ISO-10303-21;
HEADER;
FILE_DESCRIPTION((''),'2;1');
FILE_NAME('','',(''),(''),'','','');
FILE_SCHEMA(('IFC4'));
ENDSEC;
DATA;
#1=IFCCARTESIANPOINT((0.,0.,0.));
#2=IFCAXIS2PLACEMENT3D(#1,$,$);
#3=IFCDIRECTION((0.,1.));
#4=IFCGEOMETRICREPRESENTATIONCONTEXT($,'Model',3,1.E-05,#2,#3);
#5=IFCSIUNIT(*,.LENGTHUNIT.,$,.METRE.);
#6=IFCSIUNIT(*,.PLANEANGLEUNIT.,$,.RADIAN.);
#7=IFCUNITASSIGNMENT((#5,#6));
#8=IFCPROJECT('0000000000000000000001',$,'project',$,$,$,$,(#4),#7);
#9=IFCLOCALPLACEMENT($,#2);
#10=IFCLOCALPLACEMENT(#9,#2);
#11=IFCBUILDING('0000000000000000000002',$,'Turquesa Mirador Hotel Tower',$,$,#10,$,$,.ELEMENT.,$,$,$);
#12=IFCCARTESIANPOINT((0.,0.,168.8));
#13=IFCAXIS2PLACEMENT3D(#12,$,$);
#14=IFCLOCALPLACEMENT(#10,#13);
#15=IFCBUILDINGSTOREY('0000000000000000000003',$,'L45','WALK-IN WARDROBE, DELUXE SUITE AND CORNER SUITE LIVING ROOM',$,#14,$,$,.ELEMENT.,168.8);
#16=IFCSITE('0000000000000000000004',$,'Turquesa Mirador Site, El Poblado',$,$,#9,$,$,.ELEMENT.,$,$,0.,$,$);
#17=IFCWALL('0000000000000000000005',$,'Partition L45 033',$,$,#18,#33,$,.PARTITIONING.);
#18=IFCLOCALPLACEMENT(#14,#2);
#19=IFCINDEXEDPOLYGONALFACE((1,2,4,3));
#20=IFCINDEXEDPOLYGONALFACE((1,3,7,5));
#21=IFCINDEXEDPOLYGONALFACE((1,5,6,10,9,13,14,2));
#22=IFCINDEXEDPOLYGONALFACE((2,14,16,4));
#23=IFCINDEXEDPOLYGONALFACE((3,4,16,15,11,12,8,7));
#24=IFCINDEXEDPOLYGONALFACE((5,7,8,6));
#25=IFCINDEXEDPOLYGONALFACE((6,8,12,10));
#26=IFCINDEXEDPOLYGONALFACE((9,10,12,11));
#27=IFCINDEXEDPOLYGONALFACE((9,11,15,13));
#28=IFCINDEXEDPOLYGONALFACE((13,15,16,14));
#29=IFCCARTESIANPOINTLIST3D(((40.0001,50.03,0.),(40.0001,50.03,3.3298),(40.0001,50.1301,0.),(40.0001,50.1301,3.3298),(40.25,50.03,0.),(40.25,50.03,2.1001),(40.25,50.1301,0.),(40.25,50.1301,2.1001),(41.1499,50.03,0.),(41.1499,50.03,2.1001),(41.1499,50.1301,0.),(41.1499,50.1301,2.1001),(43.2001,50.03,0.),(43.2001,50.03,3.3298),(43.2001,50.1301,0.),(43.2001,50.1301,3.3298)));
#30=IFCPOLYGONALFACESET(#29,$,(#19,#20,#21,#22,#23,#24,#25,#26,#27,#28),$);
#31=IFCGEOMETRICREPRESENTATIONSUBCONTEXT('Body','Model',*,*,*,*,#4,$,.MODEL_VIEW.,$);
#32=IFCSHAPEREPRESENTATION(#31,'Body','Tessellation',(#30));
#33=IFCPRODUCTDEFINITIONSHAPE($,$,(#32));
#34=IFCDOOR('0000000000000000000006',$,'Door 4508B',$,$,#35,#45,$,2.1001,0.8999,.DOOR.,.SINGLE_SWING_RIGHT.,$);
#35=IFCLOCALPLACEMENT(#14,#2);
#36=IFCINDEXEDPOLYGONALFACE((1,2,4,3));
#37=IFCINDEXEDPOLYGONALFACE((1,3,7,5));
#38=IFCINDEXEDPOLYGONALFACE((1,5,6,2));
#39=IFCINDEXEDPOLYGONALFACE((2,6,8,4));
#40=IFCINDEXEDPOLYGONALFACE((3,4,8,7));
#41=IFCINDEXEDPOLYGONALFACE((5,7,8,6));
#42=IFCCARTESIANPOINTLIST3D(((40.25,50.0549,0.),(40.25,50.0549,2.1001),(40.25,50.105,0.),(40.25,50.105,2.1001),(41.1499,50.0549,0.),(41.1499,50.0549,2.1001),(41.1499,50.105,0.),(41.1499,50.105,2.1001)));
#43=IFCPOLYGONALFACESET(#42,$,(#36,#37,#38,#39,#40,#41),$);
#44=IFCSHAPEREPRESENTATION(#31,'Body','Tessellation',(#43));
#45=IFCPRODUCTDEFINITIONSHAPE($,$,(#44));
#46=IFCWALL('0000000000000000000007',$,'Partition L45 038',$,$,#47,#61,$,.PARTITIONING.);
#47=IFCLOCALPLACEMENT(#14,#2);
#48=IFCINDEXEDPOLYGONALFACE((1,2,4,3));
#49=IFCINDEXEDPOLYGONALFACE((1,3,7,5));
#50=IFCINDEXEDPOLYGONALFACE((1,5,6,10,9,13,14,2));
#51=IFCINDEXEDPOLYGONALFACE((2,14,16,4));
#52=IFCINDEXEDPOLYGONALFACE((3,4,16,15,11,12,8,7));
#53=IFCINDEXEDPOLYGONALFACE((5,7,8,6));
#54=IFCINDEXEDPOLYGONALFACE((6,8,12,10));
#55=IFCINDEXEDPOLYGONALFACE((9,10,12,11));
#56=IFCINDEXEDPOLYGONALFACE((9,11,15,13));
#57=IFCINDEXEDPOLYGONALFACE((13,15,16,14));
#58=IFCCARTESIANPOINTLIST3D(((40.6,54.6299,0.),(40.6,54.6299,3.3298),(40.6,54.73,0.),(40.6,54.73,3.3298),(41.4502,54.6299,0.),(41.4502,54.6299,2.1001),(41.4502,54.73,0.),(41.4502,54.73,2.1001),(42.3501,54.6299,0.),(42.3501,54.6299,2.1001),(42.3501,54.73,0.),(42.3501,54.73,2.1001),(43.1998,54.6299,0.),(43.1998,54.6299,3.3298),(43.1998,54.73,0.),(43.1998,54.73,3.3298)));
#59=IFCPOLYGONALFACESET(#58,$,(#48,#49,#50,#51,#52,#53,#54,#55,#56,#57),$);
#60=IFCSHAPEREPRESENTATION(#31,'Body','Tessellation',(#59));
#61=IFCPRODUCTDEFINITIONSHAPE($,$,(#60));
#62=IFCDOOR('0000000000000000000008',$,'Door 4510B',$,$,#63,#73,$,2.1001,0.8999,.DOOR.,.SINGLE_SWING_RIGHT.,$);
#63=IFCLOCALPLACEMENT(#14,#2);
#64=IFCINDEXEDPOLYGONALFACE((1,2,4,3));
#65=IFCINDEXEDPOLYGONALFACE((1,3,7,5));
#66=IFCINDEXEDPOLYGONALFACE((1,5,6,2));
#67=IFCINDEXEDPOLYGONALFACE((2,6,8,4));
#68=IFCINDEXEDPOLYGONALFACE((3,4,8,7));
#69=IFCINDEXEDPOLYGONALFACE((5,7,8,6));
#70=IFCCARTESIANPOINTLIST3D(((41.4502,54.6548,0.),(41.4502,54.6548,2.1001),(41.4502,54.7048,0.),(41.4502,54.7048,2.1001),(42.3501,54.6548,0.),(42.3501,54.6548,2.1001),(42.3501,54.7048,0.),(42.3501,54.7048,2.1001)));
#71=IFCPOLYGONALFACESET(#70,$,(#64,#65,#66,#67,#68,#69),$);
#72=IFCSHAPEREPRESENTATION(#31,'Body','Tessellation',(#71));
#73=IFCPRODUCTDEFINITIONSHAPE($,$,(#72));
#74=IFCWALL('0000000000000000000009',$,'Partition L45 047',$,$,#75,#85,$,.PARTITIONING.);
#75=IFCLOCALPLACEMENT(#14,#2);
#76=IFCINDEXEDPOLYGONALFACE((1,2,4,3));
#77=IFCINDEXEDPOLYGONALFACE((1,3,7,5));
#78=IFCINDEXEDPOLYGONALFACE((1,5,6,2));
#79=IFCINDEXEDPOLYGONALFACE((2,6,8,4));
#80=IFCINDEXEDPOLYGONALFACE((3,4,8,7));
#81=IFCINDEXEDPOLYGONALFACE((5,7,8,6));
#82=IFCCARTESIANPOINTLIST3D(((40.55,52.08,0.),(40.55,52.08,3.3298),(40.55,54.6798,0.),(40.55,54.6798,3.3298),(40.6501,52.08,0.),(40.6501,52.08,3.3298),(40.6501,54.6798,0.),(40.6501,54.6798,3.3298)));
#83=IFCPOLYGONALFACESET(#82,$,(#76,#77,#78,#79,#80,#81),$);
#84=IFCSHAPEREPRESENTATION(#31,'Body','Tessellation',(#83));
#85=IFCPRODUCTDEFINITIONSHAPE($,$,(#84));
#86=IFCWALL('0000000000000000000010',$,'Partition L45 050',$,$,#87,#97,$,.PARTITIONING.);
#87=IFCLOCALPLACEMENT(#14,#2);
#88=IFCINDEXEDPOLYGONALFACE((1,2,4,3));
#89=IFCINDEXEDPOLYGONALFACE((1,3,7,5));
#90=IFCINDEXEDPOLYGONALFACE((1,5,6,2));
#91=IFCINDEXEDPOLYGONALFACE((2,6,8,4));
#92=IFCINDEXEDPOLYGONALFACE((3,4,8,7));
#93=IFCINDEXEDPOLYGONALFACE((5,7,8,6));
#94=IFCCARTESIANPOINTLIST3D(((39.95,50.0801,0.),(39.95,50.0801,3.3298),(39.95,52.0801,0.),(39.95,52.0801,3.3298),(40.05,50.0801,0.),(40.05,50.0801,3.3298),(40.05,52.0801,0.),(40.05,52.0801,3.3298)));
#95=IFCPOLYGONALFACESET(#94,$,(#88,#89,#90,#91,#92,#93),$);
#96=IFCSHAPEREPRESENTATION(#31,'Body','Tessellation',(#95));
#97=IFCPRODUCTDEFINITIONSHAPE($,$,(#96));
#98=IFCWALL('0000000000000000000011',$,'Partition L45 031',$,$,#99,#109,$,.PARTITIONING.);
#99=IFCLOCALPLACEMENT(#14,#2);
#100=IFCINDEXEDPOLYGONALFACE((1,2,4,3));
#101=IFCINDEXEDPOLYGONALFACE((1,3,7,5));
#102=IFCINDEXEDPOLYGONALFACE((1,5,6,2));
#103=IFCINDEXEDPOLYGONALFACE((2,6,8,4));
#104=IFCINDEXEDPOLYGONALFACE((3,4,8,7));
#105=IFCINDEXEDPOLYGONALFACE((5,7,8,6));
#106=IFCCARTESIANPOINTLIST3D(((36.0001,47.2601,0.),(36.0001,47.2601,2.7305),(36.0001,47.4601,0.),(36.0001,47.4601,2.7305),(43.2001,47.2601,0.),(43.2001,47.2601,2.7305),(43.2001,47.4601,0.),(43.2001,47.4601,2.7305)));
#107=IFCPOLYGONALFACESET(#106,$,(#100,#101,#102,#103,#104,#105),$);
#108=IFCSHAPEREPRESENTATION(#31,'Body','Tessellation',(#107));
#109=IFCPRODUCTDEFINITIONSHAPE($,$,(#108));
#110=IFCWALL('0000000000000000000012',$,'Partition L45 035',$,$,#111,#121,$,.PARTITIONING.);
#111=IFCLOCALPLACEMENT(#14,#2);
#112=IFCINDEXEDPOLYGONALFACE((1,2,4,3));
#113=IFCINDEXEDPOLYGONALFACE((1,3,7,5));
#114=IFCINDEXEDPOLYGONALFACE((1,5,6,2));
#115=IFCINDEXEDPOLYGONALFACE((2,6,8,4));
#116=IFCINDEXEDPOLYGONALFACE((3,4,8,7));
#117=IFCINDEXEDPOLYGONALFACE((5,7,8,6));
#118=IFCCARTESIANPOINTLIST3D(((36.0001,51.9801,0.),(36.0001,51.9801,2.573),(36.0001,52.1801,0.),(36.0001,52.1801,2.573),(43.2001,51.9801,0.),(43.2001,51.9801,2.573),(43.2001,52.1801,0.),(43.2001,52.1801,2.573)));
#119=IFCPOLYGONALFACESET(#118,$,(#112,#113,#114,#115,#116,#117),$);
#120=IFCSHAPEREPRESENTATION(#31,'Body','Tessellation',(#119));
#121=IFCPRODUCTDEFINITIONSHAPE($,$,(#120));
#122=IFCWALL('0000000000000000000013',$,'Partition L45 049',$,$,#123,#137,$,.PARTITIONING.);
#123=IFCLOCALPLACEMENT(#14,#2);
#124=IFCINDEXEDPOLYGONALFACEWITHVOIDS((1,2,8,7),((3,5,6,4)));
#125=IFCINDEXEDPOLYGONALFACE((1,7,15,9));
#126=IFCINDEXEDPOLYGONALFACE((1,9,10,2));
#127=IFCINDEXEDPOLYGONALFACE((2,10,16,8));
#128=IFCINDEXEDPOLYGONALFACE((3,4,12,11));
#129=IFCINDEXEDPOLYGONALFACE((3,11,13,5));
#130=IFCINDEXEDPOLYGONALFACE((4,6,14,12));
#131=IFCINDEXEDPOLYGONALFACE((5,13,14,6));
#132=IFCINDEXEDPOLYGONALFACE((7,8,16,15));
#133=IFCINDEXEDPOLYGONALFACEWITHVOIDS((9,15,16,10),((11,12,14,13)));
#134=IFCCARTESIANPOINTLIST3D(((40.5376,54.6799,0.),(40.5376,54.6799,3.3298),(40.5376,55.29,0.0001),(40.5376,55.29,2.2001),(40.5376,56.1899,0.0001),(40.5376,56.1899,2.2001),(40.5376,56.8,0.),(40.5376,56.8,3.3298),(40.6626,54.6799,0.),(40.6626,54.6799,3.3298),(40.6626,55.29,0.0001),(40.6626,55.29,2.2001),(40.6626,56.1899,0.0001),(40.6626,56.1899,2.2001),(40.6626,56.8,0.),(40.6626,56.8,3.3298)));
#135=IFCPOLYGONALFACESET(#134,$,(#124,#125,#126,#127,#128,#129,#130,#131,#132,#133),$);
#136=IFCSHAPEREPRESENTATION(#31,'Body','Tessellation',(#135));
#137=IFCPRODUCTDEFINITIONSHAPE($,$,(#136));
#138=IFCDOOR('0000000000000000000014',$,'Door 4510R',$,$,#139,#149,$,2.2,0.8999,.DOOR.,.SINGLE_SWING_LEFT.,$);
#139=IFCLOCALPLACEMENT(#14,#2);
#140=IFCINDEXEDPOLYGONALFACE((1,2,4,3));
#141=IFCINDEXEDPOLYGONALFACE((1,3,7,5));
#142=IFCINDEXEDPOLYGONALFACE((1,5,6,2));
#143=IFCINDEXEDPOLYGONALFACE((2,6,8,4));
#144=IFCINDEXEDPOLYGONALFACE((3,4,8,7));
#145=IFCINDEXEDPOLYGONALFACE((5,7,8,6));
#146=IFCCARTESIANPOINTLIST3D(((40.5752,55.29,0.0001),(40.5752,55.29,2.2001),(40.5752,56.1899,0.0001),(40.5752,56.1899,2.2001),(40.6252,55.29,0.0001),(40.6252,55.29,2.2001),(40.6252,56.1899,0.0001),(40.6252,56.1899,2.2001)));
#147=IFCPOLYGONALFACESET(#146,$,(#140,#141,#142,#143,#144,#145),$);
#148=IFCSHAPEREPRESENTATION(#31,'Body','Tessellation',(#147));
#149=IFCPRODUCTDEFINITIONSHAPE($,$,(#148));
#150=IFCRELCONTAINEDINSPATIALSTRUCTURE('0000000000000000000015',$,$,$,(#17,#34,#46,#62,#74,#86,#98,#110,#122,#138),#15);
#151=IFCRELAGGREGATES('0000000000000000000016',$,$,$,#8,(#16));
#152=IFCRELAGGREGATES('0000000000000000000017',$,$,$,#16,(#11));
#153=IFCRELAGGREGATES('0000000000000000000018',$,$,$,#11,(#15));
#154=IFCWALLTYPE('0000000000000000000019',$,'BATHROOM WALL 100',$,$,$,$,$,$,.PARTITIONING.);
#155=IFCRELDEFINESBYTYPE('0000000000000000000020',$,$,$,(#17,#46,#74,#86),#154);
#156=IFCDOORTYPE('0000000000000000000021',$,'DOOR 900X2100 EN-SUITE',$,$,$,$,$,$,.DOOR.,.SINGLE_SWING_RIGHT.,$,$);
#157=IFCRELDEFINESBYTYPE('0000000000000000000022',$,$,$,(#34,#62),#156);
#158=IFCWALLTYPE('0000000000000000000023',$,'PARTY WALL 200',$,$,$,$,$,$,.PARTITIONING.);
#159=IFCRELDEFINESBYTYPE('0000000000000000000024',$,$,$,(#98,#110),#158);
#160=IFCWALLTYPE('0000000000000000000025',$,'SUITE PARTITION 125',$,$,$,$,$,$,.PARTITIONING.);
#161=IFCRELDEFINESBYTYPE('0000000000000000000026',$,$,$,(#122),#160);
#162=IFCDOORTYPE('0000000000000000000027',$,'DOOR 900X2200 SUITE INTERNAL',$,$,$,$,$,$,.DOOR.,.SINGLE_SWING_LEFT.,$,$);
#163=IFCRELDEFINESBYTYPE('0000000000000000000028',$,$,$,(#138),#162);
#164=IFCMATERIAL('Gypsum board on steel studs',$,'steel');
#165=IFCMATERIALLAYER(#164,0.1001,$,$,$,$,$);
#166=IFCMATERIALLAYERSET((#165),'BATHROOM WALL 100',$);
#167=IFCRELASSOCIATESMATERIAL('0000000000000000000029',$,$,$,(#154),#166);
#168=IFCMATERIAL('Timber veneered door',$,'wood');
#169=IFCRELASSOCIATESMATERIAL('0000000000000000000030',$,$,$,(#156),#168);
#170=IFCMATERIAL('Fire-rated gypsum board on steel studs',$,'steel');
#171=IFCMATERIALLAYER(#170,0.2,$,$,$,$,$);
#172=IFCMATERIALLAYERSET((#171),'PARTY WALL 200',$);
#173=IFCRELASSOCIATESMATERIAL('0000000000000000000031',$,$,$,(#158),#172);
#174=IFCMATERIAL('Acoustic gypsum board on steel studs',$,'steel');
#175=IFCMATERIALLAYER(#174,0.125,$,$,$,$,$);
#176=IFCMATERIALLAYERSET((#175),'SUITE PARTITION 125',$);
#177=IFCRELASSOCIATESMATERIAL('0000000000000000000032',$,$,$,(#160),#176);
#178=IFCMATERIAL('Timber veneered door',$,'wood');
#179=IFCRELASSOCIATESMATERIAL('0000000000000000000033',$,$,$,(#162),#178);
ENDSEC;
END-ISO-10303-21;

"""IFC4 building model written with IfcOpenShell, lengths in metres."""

from ifc_helpers import new_model, si_unit, direction, frame, frame_2d, origin, place, context, subcontext, project, spatial, rectangle, extrude, material, layer, layer_set, type_object, element, fill, save


model = new_model("IFC4")

# Units and contexts
model_context = context("Model", 3, precision=1e-05, world=origin(), true_north=direction((0.0, 1.0)))
body_context = subcontext(model_context, "Body", "Model", "MODEL_VIEW")
ifc_project = project(units=[si_unit("LENGTHUNIT", "METRE"), si_unit("PLANEANGLEUNIT", "RADIAN")], contexts=[model_context])

# Site, building, storey
site_placement = place(None, origin())
site = spatial("IfcSite", under=ifc_project, at=site_placement, Name="Turquesa Mirador Site, El Poblado", CompositionType="ELEMENT", RefElevation=0.0)
building_placement = place(site_placement, origin())
building = spatial("IfcBuilding", under=site, at=building_placement, Name="Turquesa Mirador Hotel Tower", CompositionType="ELEMENT")
storey_placement = place(building_placement, frame((0.0, 0.0, 168.8)))
storey = spatial("IfcBuildingStorey", under=building, at=storey_placement, Name="L45", Description="WALK-IN WARDROBE, DELUXE SUITE AND CORNER SUITE LIVING ROOM", CompositionType="ELEMENT", Elevation=168.8)

# Walls, openings, doors
ifc_material_1 = material(Name="Gypsum board on steel studs", Category="steel")
ifc_layer_1 = layer(ifc_material_1, 0.1001)
ifc_layer_set_1 = layer_set([ifc_layer_1], Name="BATHROOM WALL 100")
wall_type_1 = type_object("IfcWallType", Name="BATHROOM WALL 100", PredefinedType="PARTITIONING", material=ifc_layer_set_1)
wall_1_placement = place(storey_placement, frame((40.0, 50.0801, 0.0), z_axis=(0.0, 0.0, 1.0), x_axis=(1.0, 0.0, 0.0)))
wall_1 = element("IfcWall", 1, at=wall_1_placement, inside=storey, type_object=wall_type_1, Name="Partition L45 033", PredefinedType="PARTITIONING", context=body_context, shape_type="SweptSolid", body=[
    extrude(rectangle(XDim=3.2, YDim=0.1001, at=frame_2d((1.6001, 0.0))), origin(), (0.0, 0.0, 1.0), 3.3298),
])
opening_1_placement = place(wall_1_placement, frame((0.25, 0.0, 0.0)))
opening_1 = element("IfcOpeningElement", 2, at=opening_1_placement, cuts=wall_1, PredefinedType="OPENING", context=body_context, shape_type="SweptSolid", body=[
    extrude(rectangle(XDim=0.8999, YDim=2.1001, at=frame_2d((0.45, 1.05))), frame((0.0, 0.0601, 0.0), z_axis=(0.0, -1.0, 0.0), x_axis=(1.0, 0.0, 0.0)), (0.0, 0.0, 1.0), 0.1201),
])
ifc_material_2 = material(Name="Timber veneered door", Category="wood")
door_type_1 = type_object("IfcDoorType", Name="DOOR 900X2100 EN-SUITE", OperationType="SINGLE_SWING_RIGHT", PredefinedType="DOOR", material=ifc_material_2)
door_1_placement = place(opening_1_placement, origin())
door_1 = element("IfcDoor", 3, at=door_1_placement, inside=storey, type_object=door_type_1, Name="Door 4508B", OperationType="SINGLE_SWING_RIGHT", OverallHeight=2.1001, OverallWidth=0.8999, PredefinedType="DOOR", context=body_context, shape_type="SweptSolid", body=[
    extrude(rectangle(XDim=0.8999, YDim=2.1001, at=frame_2d((0.45, 1.05))), frame((0.0, 0.0249, 0.0), z_axis=(0.0, -1.0, 0.0), x_axis=(1.0, 0.0, 0.0)), (0.0, 0.0, 1.0), 0.05),
])
fill(opening_1, door_1)
wall_2_placement = place(storey_placement, frame((40.6001, 54.6799, 0.0), z_axis=(0.0, 0.0, 1.0), x_axis=(1.0, 0.0, 0.0)))
wall_2 = element("IfcWall", 4, at=wall_2_placement, inside=storey, type_object=wall_type_1, Name="Partition L45 038", PredefinedType="PARTITIONING", context=body_context, shape_type="SweptSolid", body=[
    extrude(rectangle(XDim=2.5999, YDim=0.1001, at=frame_2d((1.2998, 0.0))), origin(), (0.0, 0.0, 1.0), 3.3298),
])
opening_2_placement = place(wall_2_placement, frame((0.8501, 0.0, 0.0)))
opening_2 = element("IfcOpeningElement", 5, at=opening_2_placement, cuts=wall_2, PredefinedType="OPENING", context=body_context, shape_type="SweptSolid", body=[
    extrude(rectangle(XDim=0.8999, YDim=2.1001, at=frame_2d((0.45, 1.05))), frame((0.0, 0.0601, 0.0), z_axis=(0.0, -1.0, 0.0), x_axis=(1.0, 0.0, 0.0)), (0.0, 0.0, 1.0), 0.1201),
])
door_2_placement = place(opening_2_placement, origin())
door_2 = element("IfcDoor", 6, at=door_2_placement, inside=storey, type_object=door_type_1, Name="Door 4510B", OperationType="SINGLE_SWING_RIGHT", OverallHeight=2.1001, OverallWidth=0.8999, PredefinedType="DOOR", context=body_context, shape_type="SweptSolid", body=[
    extrude(rectangle(XDim=0.8999, YDim=2.1001, at=frame_2d((0.45, 1.05))), frame((0.0, 0.0249, 0.0), z_axis=(0.0, -1.0, 0.0), x_axis=(1.0, 0.0, 0.0)), (0.0, 0.0, 1.0), 0.05),
])
fill(opening_2, door_2)

# Walls
wall_3_placement = place(storey_placement, frame((40.6001, 52.0801, 0.0), z_axis=(0.0, 0.0, 1.0), x_axis=(0.0, 1.0, 0.0)))
element("IfcWall", 7, at=wall_3_placement, inside=storey, type_object=wall_type_1, Name="Partition L45 047", PredefinedType="PARTITIONING", context=body_context, shape_type="SweptSolid", body=[
    extrude(rectangle(XDim=2.5999, YDim=0.1001, at=frame_2d((1.2998, 0.0))), origin(), (0.0, 0.0, 1.0), 3.3298),
])
wall_4_placement = place(storey_placement, frame((40.0, 50.0801, 0.0), z_axis=(0.0, 0.0, 1.0), x_axis=(0.0, 1.0, 0.0)))
element("IfcWall", 8, at=wall_4_placement, inside=storey, type_object=wall_type_1, Name="Partition L45 050", PredefinedType="PARTITIONING", context=body_context, shape_type="SweptSolid", body=[
    extrude(rectangle(XDim=2.0, YDim=0.1001, at=frame_2d((1.0, 0.0))), origin(), (0.0, 0.0, 1.0), 3.3298),
])
ifc_material_3 = material(Name="Fire-rated gypsum board on steel studs", Category="steel")
ifc_layer_2 = layer(ifc_material_3, 0.2)
ifc_layer_set_2 = layer_set([ifc_layer_2], Name="PARTY WALL 200")
wall_type_2 = type_object("IfcWallType", Name="PARTY WALL 200", PredefinedType="PARTITIONING", material=ifc_layer_set_2)
wall_5_placement = place(storey_placement, frame((36.0, 47.3601, 0.0), z_axis=(0.0, 0.0, 1.0), x_axis=(1.0, 0.0, 0.0)))
element("IfcWall", 9, at=wall_5_placement, inside=storey, type_object=wall_type_2, Name="Partition L45 031", PredefinedType="PARTITIONING", context=body_context, shape_type="SweptSolid", body=[
    extrude(rectangle(XDim=7.2, YDim=0.2, at=frame_2d((3.6001, 0.0))), origin(), (0.0, 0.0, 1.0), 2.7305),
])
wall_6_placement = place(storey_placement, frame((36.0, 52.0801, 0.0), z_axis=(0.0, 0.0, 1.0), x_axis=(1.0, 0.0, 0.0)))
element("IfcWall", 10, at=wall_6_placement, inside=storey, type_object=wall_type_2, Name="Partition L45 035", PredefinedType="PARTITIONING", context=body_context, shape_type="SweptSolid", body=[
    extrude(rectangle(XDim=7.2, YDim=0.2, at=frame_2d((3.6001, 0.0))), origin(), (0.0, 0.0, 1.0), 2.573),
])

# Wall, opening, door
ifc_material_4 = material(Name="Acoustic gypsum board on steel studs", Category="steel")
ifc_layer_3 = layer(ifc_material_4, 0.125)
ifc_layer_set_3 = layer_set([ifc_layer_3], Name="SUITE PARTITION 125")
wall_type_3 = type_object("IfcWallType", Name="SUITE PARTITION 125", PredefinedType="PARTITIONING", material=ifc_layer_set_3)
wall_7_placement = place(storey_placement, frame((40.6001, 54.6799, 0.0), z_axis=(0.0, 0.0, 1.0), x_axis=(0.0, 1.0, 0.0)))
wall_7 = element("IfcWall", 11, at=wall_7_placement, inside=storey, type_object=wall_type_3, Name="Partition L45 049", PredefinedType="PARTITIONING", context=body_context, shape_type="SweptSolid", body=[
    extrude(rectangle(XDim=2.1201, YDim=0.125, at=frame_2d((1.0601, 0.0))), origin(), (0.0, 0.0, 1.0), 3.3298),
])
opening_3_placement = place(wall_7_placement, frame((0.6101, 0.0, 0.0)))
opening_3 = element("IfcOpeningElement", 12, at=opening_3_placement, cuts=wall_7, PredefinedType="OPENING", context=body_context, shape_type="SweptSolid", body=[
    extrude(rectangle(XDim=0.8999, YDim=2.2, at=frame_2d((0.45, 1.1001))), frame((0.0, 0.0725, 0.0), z_axis=(0.0, -1.0, 0.0), x_axis=(1.0, 0.0, 0.0)), (0.0, 0.0, 1.0), 0.145),
])
ifc_material_5 = material(Name="Timber veneered door", Category="wood")
door_type_2 = type_object("IfcDoorType", Name="DOOR 900X2200 SUITE INTERNAL", OperationType="SINGLE_SWING_LEFT", PredefinedType="DOOR", material=ifc_material_5)
door_3_placement = place(opening_3_placement, origin())
door_3 = element("IfcDoor", 13, at=door_3_placement, inside=storey, type_object=door_type_2, Name="Door 4510R", OperationType="SINGLE_SWING_LEFT", OverallHeight=2.2, OverallWidth=0.8999, PredefinedType="DOOR", context=body_context, shape_type="SweptSolid", body=[
    extrude(rectangle(XDim=0.8999, YDim=2.2, at=frame_2d((0.45, 1.1001))), frame((0.0, 0.0249, 0.0), z_axis=(0.0, -1.0, 0.0), x_axis=(1.0, 0.0, 0.0)), (0.0, 0.0, 1.0), 0.05),
])
fill(opening_3, door_3)

save(model, "model.ifc")
